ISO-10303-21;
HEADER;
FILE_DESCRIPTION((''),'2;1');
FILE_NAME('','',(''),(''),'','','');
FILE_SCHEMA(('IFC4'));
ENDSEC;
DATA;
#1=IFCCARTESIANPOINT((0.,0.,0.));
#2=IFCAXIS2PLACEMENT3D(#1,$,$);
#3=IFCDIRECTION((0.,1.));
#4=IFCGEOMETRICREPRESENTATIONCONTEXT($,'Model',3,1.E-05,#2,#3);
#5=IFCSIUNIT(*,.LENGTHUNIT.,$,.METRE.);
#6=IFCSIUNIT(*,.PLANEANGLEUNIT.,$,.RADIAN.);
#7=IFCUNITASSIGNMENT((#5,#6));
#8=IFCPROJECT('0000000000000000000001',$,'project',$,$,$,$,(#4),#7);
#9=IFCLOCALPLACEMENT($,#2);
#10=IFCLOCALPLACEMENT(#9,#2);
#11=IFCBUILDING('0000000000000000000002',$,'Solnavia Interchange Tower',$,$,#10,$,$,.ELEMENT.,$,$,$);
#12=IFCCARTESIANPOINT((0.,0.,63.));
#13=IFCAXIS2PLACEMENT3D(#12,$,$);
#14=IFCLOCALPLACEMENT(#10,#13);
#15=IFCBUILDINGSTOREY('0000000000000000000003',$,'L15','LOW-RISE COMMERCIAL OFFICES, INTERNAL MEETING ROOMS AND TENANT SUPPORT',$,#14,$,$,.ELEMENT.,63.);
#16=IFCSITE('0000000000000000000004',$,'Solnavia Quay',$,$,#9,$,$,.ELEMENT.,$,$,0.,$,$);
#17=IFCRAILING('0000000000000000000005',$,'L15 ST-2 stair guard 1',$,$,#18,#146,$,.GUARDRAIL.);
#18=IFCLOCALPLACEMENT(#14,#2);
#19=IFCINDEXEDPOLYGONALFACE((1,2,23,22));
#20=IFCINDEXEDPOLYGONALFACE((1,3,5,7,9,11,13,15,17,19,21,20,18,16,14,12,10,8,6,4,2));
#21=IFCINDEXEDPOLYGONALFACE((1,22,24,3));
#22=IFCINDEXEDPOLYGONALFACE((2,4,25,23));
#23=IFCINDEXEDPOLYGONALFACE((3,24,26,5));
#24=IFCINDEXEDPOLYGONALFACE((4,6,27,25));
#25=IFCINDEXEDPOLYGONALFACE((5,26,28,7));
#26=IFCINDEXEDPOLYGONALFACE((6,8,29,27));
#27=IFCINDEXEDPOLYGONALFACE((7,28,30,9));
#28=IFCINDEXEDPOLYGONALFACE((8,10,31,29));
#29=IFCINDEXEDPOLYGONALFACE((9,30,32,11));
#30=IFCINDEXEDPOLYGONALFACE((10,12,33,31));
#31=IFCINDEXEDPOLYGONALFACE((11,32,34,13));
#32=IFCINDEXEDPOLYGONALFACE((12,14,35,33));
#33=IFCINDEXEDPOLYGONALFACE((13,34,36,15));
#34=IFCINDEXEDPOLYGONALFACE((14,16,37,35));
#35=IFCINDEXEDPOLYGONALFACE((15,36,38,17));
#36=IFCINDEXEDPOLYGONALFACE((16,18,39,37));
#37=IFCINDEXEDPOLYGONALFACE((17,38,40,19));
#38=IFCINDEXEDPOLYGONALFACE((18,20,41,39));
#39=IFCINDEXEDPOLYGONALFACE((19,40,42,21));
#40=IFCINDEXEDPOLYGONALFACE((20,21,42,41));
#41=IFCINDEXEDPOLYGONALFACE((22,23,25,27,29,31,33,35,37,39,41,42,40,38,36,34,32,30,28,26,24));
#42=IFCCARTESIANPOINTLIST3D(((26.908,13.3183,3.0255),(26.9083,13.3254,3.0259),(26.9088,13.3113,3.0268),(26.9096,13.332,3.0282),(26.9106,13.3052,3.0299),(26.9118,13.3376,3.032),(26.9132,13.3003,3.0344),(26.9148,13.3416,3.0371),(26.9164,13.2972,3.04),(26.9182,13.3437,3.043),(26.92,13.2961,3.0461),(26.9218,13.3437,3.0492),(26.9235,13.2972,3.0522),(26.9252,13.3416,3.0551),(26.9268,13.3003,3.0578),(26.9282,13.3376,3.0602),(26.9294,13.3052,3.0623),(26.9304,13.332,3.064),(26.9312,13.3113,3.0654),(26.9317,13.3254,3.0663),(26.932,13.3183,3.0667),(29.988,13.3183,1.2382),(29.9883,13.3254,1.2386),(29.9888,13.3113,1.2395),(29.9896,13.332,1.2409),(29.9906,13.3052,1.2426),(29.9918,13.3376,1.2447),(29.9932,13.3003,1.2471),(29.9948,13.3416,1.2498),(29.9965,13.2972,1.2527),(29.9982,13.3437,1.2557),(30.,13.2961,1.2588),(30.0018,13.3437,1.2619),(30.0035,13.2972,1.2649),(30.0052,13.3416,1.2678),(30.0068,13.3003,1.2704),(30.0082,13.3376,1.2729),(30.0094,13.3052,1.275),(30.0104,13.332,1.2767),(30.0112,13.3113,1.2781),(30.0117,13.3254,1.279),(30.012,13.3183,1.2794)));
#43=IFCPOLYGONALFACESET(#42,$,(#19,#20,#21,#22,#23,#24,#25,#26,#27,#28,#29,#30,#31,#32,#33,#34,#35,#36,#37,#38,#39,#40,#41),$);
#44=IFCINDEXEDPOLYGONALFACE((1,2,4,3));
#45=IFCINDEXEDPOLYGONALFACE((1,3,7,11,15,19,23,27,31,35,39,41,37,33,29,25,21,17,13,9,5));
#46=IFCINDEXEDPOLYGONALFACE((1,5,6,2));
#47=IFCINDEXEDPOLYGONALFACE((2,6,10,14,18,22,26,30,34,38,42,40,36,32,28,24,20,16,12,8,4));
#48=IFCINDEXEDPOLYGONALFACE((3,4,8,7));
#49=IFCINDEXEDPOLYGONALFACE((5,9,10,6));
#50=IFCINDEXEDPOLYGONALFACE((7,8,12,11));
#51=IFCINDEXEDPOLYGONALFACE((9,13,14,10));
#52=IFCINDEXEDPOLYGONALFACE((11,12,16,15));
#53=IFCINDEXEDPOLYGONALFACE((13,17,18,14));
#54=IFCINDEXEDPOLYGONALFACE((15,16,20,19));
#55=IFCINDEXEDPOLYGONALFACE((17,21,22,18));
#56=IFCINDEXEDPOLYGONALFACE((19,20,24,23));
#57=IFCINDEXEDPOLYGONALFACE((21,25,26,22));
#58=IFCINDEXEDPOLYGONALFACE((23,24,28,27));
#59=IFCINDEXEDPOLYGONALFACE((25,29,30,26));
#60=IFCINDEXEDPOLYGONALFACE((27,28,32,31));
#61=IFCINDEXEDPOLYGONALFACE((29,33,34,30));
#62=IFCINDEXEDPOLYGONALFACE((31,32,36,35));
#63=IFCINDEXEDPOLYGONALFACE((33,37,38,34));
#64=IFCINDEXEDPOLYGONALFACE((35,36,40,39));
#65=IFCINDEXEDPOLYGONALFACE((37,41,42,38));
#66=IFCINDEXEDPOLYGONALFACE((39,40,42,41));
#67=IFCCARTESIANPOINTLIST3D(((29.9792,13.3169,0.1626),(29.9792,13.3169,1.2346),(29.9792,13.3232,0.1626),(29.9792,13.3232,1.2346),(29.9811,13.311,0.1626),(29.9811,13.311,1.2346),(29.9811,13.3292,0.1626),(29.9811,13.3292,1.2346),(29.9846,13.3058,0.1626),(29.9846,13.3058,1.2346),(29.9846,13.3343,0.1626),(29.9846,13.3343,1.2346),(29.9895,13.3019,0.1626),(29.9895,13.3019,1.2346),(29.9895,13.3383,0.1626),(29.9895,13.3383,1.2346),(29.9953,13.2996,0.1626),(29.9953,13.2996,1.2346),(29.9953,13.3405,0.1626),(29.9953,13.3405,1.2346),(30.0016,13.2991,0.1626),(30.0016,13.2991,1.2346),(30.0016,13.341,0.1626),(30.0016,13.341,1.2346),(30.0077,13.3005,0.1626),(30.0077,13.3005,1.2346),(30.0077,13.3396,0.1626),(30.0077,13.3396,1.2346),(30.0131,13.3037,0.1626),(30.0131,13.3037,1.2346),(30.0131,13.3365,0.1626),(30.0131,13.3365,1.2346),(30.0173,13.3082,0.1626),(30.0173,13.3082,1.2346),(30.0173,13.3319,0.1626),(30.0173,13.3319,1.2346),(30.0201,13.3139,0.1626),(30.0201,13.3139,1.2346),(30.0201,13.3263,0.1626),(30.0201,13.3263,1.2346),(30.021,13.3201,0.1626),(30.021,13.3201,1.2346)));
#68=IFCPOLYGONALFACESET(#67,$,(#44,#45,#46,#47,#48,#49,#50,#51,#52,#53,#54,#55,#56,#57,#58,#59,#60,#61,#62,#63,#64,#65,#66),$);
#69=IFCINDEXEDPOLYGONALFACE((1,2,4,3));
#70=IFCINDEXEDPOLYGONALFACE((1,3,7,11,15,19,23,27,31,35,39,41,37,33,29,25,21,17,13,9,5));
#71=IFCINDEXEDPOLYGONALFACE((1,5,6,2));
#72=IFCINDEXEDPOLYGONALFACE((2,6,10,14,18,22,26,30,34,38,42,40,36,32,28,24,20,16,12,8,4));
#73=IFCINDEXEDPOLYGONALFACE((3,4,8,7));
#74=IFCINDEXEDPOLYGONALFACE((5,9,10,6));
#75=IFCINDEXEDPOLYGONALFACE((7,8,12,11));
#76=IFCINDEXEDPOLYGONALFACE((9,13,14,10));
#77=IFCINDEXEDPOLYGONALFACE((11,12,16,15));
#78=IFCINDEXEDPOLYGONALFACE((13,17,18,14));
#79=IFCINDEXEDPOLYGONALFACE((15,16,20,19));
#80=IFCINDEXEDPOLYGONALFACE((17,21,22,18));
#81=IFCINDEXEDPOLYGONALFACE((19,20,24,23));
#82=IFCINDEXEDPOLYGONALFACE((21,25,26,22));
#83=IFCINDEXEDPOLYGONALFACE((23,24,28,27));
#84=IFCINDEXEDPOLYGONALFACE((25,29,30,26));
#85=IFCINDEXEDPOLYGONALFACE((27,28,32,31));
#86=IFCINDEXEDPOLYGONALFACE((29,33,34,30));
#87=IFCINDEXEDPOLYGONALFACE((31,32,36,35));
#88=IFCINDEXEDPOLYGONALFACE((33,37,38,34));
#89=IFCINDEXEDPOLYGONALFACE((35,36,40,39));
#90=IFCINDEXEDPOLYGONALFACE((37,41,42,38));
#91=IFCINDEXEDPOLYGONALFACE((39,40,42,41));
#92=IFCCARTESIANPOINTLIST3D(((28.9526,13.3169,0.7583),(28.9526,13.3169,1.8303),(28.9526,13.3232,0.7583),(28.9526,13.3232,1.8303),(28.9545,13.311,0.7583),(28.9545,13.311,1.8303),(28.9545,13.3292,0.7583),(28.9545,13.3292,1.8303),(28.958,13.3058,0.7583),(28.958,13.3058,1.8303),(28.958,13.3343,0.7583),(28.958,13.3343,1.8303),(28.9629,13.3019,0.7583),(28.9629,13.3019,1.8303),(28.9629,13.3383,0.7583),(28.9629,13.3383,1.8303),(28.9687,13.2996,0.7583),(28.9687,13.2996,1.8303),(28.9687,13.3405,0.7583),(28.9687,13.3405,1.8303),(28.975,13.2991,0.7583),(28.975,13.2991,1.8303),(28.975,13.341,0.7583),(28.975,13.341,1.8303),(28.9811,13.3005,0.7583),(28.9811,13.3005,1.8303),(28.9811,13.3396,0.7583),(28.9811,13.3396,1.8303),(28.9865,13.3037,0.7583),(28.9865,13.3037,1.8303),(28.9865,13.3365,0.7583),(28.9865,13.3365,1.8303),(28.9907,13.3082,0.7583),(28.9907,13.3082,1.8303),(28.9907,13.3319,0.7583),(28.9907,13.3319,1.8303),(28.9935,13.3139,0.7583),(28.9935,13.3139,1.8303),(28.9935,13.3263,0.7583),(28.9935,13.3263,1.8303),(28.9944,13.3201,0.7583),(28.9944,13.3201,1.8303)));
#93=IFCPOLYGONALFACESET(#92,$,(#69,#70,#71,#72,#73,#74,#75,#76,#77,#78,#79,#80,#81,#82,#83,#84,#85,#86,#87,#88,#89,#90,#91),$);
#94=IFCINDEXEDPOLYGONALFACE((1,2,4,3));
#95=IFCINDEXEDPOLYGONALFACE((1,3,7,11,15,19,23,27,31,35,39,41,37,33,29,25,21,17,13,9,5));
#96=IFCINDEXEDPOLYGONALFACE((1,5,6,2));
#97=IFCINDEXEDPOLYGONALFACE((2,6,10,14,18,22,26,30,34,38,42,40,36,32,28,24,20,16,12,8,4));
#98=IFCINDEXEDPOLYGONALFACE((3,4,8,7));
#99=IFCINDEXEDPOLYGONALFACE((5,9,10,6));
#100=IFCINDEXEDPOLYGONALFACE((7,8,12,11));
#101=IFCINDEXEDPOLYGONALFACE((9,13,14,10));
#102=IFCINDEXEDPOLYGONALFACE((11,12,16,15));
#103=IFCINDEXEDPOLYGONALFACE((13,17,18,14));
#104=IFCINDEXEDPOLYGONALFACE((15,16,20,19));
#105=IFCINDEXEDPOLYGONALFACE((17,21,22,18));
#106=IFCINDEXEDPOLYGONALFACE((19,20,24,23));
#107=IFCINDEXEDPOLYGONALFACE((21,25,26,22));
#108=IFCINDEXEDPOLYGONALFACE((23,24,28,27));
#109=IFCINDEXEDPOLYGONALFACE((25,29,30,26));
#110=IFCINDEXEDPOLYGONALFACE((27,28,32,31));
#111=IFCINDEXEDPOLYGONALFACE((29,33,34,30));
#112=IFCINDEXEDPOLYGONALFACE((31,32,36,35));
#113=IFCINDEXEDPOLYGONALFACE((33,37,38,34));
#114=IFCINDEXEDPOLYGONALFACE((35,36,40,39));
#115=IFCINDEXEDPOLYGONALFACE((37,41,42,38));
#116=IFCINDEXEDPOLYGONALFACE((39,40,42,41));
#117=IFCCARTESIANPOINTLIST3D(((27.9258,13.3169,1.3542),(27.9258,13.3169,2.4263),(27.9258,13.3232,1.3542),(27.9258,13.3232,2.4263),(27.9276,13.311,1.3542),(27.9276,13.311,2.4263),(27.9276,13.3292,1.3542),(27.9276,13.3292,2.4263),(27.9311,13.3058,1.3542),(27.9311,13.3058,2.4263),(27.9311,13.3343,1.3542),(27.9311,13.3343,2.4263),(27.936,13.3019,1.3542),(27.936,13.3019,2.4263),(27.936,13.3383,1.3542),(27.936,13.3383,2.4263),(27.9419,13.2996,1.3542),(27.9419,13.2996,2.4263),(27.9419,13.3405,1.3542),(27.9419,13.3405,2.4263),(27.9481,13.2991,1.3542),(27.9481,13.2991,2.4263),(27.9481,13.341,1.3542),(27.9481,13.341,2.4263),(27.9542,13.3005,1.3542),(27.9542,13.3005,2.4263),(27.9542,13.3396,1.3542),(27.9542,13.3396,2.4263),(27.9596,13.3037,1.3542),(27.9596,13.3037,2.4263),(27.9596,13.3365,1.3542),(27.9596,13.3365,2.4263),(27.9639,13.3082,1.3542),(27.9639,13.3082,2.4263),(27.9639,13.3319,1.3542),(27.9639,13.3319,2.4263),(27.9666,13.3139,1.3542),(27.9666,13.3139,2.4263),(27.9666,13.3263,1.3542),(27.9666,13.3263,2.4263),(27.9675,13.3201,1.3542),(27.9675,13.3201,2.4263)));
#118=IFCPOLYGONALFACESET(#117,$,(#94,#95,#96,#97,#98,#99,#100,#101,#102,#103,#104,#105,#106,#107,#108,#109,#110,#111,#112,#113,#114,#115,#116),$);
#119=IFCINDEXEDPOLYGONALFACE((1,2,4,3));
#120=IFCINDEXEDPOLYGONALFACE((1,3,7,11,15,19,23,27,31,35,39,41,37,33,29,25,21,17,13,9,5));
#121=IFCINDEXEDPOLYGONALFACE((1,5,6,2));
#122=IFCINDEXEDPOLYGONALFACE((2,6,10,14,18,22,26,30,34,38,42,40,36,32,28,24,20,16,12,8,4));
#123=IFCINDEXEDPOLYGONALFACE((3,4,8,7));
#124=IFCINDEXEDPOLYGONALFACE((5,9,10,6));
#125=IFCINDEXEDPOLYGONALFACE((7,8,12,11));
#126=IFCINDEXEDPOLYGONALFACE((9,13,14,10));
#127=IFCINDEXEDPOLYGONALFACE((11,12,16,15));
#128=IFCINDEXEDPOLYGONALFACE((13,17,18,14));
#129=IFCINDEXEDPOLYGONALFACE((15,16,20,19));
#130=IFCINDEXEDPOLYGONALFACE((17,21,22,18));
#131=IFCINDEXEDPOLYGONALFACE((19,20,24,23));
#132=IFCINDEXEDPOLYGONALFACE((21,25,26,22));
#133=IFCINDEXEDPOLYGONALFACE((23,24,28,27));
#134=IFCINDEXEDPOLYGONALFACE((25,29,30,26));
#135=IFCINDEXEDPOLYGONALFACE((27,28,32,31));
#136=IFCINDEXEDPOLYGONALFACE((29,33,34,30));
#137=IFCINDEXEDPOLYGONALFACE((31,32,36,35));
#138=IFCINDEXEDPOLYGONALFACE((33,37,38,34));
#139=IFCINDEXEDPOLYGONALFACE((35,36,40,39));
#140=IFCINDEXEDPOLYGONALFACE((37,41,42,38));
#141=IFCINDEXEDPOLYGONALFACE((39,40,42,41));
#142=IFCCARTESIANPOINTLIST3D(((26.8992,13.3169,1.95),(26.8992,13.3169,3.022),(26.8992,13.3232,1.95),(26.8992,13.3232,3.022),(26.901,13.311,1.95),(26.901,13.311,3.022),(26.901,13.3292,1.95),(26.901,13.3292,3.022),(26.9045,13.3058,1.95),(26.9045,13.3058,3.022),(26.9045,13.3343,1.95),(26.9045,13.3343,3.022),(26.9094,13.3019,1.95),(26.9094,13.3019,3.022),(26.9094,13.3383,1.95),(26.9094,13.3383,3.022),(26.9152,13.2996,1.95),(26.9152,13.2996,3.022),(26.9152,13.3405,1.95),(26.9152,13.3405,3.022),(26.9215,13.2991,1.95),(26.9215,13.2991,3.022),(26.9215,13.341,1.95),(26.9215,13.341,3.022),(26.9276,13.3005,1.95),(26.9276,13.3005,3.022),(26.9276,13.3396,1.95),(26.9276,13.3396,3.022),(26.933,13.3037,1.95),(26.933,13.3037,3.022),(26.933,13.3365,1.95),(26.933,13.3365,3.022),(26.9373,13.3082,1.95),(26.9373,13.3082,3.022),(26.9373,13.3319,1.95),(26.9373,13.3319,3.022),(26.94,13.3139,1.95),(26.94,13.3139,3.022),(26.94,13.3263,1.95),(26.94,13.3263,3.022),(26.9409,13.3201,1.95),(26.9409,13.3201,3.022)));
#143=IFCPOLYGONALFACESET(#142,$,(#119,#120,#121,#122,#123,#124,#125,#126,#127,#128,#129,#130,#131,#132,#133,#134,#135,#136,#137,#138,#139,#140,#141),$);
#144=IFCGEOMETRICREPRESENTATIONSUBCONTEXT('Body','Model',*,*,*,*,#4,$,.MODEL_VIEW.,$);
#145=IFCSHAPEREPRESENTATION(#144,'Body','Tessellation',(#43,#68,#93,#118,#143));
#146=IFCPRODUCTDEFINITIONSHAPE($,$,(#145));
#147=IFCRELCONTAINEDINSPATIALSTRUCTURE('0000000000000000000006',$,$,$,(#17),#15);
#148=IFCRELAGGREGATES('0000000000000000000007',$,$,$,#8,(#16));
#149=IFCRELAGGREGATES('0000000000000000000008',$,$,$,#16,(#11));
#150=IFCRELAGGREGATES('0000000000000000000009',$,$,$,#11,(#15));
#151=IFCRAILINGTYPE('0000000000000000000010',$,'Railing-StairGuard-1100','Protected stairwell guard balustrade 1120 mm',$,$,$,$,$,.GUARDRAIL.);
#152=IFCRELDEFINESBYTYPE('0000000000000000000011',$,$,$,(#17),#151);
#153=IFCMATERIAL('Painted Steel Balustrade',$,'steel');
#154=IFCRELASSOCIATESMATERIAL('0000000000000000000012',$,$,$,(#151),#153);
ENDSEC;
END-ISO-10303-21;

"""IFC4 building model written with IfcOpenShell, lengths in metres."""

from ifc_helpers import new_model, si_unit, direction, frame, origin, origin_2d, place, context, subcontext, project, spatial, circle, extrude, material, type_object, element, save


model = new_model("IFC4")

# Units and contexts
model_context = context("Model", 3, precision=1e-05, world=origin(), true_north=direction((0.0, 1.0)))
body_context = subcontext(model_context, "Body", "Model", "MODEL_VIEW")
ifc_project = project(units=[si_unit("LENGTHUNIT", "METRE"), si_unit("PLANEANGLEUNIT", "RADIAN")], contexts=[model_context])

# Site, building, storey
site_placement = place(None, origin())
site = spatial("IfcSite", under=ifc_project, at=site_placement, Name="Solnavia Quay", CompositionType="ELEMENT", RefElevation=0.0)
building_placement = place(site_placement, origin())
building = spatial("IfcBuilding", under=site, at=building_placement, Name="Solnavia Interchange Tower", CompositionType="ELEMENT")
storey_placement = place(building_placement, frame((0.0, 0.0, 63.0)))
storey = spatial("IfcBuildingStorey", under=building, at=storey_placement, Name="L15", Description="LOW-RISE COMMERCIAL OFFICES, INTERNAL MEETING ROOMS AND TENANT SUPPORT", CompositionType="ELEMENT", Elevation=63.0)

# Railing
ifc_material_1 = material(Name="Painted Steel Balustrade", Category="steel")
railing_type_1 = type_object("IfcRailingType", Name="Railing-StairGuard-1100", Description="Protected stairwell guard balustrade 1120 mm", PredefinedType="GUARDRAIL", material=ifc_material_1)
railing_1_placement = place(storey_placement, frame((30.0, 13.3201, 0.1626)))
element("IfcRailing", 1, at=railing_1_placement, inside=storey, type_object=railing_type_1, Name="L15 ST-2 stair guard 1", PredefinedType="GUARDRAIL", context=body_context, shape_type="SweptSolid", body=[
    extrude(circle(Radius=0.0239, at=origin_2d()), frame((0.0, 0.0, 1.0962), z_axis=(-0.86492, 0.0, 0.501909), x_axis=(0.0, -1.0, 0.0)), (0.0, 0.0, 1.0), 3.561),
    extrude(circle(Radius=0.021, at=origin_2d()), origin(), (0.0, 0.0, 1.0), 1.072),
    extrude(circle(Radius=0.021, at=origin_2d()), frame((-1.0266, 0.0, 0.5957)), (0.0, 0.0, 1.0), 1.072),
    extrude(circle(Radius=0.021, at=origin_2d()), frame((-2.0535, 0.0, 1.1917)), (0.0, 0.0, 1.0), 1.072),
    extrude(circle(Radius=0.021, at=origin_2d()), frame((-3.0801, 0.0, 1.7874)), (0.0, 0.0, 1.0), 1.072),
])

save(model, "model.ifc")
